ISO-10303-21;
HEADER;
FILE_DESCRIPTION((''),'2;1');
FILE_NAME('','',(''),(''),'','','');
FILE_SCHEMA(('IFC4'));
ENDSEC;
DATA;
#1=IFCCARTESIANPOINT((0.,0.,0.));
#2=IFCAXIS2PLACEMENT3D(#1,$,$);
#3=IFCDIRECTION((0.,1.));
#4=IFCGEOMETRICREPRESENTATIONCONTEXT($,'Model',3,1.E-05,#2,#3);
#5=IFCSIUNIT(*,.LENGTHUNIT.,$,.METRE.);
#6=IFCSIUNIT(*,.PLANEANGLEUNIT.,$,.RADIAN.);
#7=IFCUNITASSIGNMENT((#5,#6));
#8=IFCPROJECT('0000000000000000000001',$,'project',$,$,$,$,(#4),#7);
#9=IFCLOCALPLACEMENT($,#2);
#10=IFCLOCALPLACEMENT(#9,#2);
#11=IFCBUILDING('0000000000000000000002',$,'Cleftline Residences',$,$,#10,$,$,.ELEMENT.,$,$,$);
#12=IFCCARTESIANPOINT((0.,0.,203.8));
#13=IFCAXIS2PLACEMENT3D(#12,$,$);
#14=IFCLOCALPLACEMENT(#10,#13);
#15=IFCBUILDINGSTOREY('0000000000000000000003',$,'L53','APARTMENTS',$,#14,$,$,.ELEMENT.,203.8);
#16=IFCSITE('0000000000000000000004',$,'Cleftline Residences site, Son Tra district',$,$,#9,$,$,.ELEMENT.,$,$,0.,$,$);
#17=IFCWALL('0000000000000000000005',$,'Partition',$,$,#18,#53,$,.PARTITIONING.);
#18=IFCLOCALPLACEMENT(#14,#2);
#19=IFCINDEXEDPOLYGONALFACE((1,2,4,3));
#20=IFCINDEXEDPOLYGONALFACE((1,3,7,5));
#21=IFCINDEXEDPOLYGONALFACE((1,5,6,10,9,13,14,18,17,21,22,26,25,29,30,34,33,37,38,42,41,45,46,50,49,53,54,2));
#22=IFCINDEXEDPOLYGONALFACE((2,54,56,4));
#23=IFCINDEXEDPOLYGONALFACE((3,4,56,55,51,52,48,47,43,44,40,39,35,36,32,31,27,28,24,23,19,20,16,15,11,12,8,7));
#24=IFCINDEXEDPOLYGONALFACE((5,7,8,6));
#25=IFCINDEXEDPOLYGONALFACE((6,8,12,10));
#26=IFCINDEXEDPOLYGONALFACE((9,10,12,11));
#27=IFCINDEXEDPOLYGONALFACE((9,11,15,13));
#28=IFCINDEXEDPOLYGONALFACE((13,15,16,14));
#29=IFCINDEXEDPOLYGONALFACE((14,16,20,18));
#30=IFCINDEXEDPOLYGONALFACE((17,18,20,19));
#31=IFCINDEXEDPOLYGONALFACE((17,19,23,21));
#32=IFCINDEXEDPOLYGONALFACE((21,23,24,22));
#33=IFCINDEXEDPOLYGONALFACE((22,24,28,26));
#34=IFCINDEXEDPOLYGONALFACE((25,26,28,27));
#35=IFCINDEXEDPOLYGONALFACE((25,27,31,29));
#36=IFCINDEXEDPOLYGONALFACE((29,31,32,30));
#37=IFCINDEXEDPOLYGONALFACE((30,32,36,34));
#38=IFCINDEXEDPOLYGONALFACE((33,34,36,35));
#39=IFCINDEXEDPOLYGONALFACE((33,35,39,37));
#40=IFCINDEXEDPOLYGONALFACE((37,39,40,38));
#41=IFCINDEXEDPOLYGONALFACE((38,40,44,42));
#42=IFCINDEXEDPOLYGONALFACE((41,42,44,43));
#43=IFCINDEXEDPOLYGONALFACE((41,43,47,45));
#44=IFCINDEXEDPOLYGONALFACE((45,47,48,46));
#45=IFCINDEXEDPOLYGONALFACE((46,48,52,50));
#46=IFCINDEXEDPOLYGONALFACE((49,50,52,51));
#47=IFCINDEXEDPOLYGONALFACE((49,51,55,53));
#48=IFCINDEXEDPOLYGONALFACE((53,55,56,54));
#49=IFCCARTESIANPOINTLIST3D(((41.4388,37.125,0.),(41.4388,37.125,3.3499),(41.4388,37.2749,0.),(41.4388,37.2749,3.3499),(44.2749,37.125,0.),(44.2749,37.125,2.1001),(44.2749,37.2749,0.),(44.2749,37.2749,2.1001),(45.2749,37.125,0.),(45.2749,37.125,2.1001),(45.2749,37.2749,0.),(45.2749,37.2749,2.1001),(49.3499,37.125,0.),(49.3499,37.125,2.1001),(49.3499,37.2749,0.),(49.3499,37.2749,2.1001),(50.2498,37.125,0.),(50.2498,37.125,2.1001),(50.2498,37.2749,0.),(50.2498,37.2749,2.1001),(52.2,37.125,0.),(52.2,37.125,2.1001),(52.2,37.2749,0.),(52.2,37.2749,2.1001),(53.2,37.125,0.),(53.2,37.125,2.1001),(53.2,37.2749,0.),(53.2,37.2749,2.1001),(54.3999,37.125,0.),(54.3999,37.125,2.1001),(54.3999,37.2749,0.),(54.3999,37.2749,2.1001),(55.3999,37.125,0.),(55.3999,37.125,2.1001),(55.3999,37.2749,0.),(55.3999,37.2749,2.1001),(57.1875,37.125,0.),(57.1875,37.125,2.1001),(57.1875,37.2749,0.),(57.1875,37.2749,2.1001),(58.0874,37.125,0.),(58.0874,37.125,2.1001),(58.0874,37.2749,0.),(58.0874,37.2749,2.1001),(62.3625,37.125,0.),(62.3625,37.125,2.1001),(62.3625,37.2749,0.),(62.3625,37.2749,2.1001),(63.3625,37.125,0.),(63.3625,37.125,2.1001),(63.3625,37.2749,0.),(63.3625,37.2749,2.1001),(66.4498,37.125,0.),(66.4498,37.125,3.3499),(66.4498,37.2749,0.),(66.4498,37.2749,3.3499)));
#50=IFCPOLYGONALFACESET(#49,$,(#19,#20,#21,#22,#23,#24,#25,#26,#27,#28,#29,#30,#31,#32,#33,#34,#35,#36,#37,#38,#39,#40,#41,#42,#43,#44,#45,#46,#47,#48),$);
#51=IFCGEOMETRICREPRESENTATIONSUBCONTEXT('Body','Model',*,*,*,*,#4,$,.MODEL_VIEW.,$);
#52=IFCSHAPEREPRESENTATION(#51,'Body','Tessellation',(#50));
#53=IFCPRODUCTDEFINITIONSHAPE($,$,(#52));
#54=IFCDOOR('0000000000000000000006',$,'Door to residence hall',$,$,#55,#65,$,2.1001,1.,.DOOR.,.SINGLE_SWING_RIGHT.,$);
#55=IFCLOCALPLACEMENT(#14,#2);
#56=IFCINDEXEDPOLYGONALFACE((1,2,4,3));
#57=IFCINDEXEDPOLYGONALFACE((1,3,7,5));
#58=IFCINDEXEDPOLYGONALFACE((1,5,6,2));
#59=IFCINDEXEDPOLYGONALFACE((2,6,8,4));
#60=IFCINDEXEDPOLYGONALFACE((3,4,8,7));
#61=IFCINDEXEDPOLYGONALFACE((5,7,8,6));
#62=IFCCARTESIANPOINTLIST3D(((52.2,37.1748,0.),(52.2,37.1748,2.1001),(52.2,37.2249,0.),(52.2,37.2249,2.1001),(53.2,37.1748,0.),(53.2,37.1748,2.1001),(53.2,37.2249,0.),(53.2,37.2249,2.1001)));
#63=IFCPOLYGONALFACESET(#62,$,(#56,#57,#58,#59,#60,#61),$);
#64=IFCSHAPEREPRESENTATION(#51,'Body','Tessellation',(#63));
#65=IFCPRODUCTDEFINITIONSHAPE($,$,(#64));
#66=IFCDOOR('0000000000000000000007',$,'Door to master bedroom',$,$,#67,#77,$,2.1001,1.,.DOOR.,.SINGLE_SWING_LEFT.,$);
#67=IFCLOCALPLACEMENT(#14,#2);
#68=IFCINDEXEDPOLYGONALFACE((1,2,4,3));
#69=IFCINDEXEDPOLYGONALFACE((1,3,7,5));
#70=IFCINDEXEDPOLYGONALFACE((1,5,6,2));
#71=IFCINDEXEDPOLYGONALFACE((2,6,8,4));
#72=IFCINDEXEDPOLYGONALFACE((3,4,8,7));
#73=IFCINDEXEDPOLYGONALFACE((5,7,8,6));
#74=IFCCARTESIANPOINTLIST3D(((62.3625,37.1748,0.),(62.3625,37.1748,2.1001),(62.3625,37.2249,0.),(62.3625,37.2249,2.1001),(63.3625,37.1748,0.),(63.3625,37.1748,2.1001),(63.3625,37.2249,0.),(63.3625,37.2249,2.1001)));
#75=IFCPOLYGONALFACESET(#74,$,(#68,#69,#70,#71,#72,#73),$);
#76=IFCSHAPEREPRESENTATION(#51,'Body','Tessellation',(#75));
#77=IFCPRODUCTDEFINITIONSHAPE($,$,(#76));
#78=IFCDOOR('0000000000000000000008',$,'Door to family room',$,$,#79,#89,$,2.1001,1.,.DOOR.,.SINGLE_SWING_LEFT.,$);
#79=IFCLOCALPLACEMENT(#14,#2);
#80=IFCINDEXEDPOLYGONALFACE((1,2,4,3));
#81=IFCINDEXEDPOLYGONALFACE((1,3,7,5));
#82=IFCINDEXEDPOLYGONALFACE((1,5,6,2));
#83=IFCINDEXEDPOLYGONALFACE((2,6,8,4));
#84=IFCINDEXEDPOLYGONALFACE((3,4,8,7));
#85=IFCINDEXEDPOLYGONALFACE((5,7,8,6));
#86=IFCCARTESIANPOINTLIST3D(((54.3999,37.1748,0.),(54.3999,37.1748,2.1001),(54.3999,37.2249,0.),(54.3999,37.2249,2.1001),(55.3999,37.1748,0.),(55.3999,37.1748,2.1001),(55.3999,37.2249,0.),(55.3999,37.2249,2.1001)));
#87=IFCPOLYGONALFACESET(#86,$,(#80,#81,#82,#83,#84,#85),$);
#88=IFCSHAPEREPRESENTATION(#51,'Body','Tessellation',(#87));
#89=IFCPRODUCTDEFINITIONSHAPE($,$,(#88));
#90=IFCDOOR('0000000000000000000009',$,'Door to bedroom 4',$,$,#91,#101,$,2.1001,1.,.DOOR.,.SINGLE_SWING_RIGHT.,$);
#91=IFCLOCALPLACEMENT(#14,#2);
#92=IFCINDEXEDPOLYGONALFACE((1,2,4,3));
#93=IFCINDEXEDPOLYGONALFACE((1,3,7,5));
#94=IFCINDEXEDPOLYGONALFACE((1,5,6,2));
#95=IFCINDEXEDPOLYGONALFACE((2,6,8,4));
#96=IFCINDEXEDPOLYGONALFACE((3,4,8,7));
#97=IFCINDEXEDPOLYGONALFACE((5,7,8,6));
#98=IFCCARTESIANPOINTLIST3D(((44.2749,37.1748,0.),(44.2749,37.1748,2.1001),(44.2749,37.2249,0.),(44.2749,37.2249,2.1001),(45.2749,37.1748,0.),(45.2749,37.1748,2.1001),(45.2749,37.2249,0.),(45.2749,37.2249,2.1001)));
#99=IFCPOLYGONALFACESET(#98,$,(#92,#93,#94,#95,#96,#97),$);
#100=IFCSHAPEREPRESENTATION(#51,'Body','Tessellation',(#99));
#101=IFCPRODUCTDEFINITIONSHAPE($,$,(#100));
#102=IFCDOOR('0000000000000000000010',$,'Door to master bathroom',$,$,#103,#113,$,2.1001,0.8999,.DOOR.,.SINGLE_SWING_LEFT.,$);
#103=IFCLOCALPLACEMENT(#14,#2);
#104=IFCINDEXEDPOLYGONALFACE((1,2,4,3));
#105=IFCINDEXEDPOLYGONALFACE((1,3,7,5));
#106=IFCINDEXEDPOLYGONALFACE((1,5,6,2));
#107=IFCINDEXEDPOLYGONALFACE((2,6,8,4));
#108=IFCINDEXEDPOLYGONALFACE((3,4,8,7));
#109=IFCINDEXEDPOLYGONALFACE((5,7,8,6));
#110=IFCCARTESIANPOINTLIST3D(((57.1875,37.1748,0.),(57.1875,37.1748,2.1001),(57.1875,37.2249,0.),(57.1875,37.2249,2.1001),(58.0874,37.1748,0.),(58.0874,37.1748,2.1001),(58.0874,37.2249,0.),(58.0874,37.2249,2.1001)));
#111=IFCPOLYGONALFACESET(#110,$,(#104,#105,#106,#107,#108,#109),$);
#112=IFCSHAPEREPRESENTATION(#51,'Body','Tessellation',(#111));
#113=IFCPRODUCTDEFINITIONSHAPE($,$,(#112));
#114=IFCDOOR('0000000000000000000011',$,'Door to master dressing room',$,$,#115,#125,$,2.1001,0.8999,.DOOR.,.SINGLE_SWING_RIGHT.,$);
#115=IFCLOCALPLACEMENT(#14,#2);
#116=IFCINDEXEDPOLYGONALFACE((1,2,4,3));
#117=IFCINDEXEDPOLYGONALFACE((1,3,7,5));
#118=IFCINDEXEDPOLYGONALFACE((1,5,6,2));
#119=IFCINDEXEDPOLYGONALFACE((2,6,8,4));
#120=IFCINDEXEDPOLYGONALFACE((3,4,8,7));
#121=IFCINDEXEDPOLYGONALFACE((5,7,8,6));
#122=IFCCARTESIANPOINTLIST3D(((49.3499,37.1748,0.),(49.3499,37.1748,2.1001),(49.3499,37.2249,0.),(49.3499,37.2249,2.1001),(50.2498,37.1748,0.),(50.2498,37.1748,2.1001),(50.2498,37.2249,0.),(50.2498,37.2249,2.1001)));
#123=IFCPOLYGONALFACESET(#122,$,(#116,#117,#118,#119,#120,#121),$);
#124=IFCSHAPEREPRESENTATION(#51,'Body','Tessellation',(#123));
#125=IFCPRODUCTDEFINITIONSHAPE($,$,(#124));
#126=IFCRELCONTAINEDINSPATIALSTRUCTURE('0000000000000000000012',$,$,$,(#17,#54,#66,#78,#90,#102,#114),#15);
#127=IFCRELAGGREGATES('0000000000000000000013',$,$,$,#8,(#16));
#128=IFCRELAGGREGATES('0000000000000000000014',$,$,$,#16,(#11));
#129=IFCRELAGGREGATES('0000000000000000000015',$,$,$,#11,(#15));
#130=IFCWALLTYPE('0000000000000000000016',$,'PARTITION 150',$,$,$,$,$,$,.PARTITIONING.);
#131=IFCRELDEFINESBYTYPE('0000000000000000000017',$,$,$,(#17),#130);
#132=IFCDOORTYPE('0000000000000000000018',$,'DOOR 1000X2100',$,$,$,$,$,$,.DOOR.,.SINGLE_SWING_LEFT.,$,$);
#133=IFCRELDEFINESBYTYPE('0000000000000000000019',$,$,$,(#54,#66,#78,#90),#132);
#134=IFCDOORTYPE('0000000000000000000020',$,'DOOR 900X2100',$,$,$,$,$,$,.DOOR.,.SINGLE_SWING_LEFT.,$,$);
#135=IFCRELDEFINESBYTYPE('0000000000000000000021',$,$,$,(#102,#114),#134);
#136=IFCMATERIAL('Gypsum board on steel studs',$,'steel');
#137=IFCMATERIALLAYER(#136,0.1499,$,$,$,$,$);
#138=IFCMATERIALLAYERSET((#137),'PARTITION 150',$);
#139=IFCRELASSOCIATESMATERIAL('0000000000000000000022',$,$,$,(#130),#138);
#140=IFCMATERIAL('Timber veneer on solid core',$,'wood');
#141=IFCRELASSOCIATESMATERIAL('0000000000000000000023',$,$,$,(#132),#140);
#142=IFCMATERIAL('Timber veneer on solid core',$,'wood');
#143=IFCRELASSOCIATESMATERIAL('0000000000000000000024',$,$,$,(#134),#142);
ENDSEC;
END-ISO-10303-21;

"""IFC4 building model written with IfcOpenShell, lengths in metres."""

from ifc_helpers import new_model, si_unit, direction, frame, frame_2d, origin, place, context, subcontext, project, spatial, rectangle, extrude, material, layer, layer_set, type_object, element, fill, save


model = new_model("IFC4")

# Units and contexts
model_context = context("Model", 3, precision=1e-05, world=origin(), true_north=direction((0.0, 1.0)))
body_context = subcontext(model_context, "Body", "Model", "MODEL_VIEW")
ifc_project = project(units=[si_unit("LENGTHUNIT", "METRE"), si_unit("PLANEANGLEUNIT", "RADIAN")], contexts=[model_context])

# Site, building, storey
site_placement = place(None, origin())
site = spatial("IfcSite", under=ifc_project, at=site_placement, Name="Cleftline Residences site, Son Tra district", CompositionType="ELEMENT", RefElevation=0.0)
building_placement = place(site_placement, origin())
building = spatial("IfcBuilding", under=site, at=building_placement, Name="Cleftline Residences", CompositionType="ELEMENT")
storey_placement = place(building_placement, frame((0.0, 0.0, 203.8)))
storey = spatial("IfcBuildingStorey", under=building, at=storey_placement, Name="L53", Description="APARTMENTS", CompositionType="ELEMENT", Elevation=203.8)

# Shared definitions
ifc_material_1 = material(Name="Gypsum board on steel studs", Category="steel")
ifc_layer_1 = layer(ifc_material_1, 0.1499)
ifc_layer_set_1 = layer_set([ifc_layer_1], Name="PARTITION 150")
wall_type_1 = type_object("IfcWallType", Name="PARTITION 150", PredefinedType="PARTITIONING", material=ifc_layer_set_1)
ifc_material_2 = material(Name="Timber veneer on solid core", Category="wood")
door_type_1 = type_object("IfcDoorType", Name="DOOR 1000X2100", OperationType="SINGLE_SWING_LEFT", PredefinedType="DOOR", material=ifc_material_2)

# Wall, openings, doors
wall_1_placement = place(storey_placement, frame((41.439, 37.2, 0.0), z_axis=(0.0, 0.0, 1.0), x_axis=(1.0, 0.0, 0.0)))
wall_1 = element("IfcWall", 1, at=wall_1_placement, inside=storey, type_object=wall_type_1, Name="Partition", PredefinedType="PARTITIONING", context=body_context, shape_type="SweptSolid", body=[
    extrude(rectangle(XDim=25.011, YDim=0.1499, at=frame_2d((12.5054, 0.0))), origin(), (0.0, 0.0, 1.0), 3.3499),
])
opening_1_placement = place(wall_1_placement, frame((10.761, 0.0, 0.0)))
opening_1 = element("IfcOpeningElement", 2, at=opening_1_placement, cuts=wall_1, PredefinedType="OPENING", context=body_context, shape_type="SweptSolid", body=[
    extrude(rectangle(XDim=1.0, YDim=2.1001, at=frame_2d((0.5, 1.05))), frame((0.0, 0.085, 0.0), z_axis=(0.0, -1.0, 0.0), x_axis=(1.0, 0.0, 0.0)), (0.0, 0.0, 1.0), 0.1699),
])
opening_2_placement = place(wall_1_placement, frame((20.9236, 0.0, 0.0)))
opening_2 = element("IfcOpeningElement", 3, at=opening_2_placement, cuts=wall_1, PredefinedType="OPENING", context=body_context, shape_type="SweptSolid", body=[
    extrude(rectangle(XDim=1.0, YDim=2.1001, at=frame_2d((0.5, 1.05))), frame((0.0, 0.085, 0.0), z_axis=(0.0, -1.0, 0.0), x_axis=(1.0, 0.0, 0.0)), (0.0, 0.0, 1.0), 0.1699),
])
opening_3_placement = place(wall_1_placement, frame((15.7485, 0.0, 0.0)))
opening_3 = element("IfcOpeningElement", 4, at=opening_3_placement, cuts=wall_1, PredefinedType="OPENING", context=body_context, shape_type="SweptSolid", body=[
    extrude(rectangle(XDim=0.8999, YDim=2.1001, at=frame_2d((0.45, 1.05))), frame((0.0, 0.085, 0.0), z_axis=(0.0, -1.0, 0.0), x_axis=(1.0, 0.0, 0.0)), (0.0, 0.0, 1.0), 0.1699),
])
opening_4_placement = place(wall_1_placement, frame((12.9609, 0.0, 0.0)))
opening_4 = element("IfcOpeningElement", 5, at=opening_4_placement, cuts=wall_1, PredefinedType="OPENING", context=body_context, shape_type="SweptSolid", body=[
    extrude(rectangle(XDim=1.0, YDim=2.1001, at=frame_2d((0.5, 1.05))), frame((0.0, 0.085, 0.0), z_axis=(0.0, -1.0, 0.0), x_axis=(1.0, 0.0, 0.0)), (0.0, 0.0, 1.0), 0.1699),
])
opening_5_placement = place(wall_1_placement, frame((7.9109, 0.0, 0.0)))
opening_5 = element("IfcOpeningElement", 6, at=opening_5_placement, cuts=wall_1, PredefinedType="OPENING", context=body_context, shape_type="SweptSolid", body=[
    extrude(rectangle(XDim=0.8999, YDim=2.1001, at=frame_2d((0.45, 1.05))), frame((0.0, 0.085, 0.0), z_axis=(0.0, -1.0, 0.0), x_axis=(1.0, 0.0, 0.0)), (0.0, 0.0, 1.0), 0.1699),
])
opening_6_placement = place(wall_1_placement, frame((2.8359, 0.0, 0.0)))
opening_6 = element("IfcOpeningElement", 7, at=opening_6_placement, cuts=wall_1, PredefinedType="OPENING", context=body_context, shape_type="SweptSolid", body=[
    extrude(rectangle(XDim=1.0, YDim=2.1001, at=frame_2d((0.5, 1.05))), frame((0.0, 0.085, 0.0), z_axis=(0.0, -1.0, 0.0), x_axis=(1.0, 0.0, 0.0)), (0.0, 0.0, 1.0), 0.1699),
])
door_1_placement = place(opening_1_placement, origin())
door_1 = element("IfcDoor", 8, at=door_1_placement, inside=storey, type_object=door_type_1, Name="Door to residence hall", OperationType="SINGLE_SWING_RIGHT", OverallHeight=2.1001, OverallWidth=1.0, PredefinedType="DOOR", context=body_context, shape_type="SweptSolid", body=[
    extrude(rectangle(XDim=1.0, YDim=2.1001, at=frame_2d((0.5, 1.05))), frame((0.0, 0.0249, 0.0), z_axis=(0.0, -1.0, 0.0), x_axis=(1.0, 0.0, 0.0)), (0.0, 0.0, 1.0), 0.05),
])
fill(opening_1, door_1)
door_2_placement = place(opening_2_placement, origin())
door_2 = element("IfcDoor", 9, at=door_2_placement, inside=storey, type_object=door_type_1, Name="Door to master bedroom", OperationType="SINGLE_SWING_LEFT", OverallHeight=2.1001, OverallWidth=1.0, PredefinedType="DOOR", context=body_context, shape_type="SweptSolid", body=[
    extrude(rectangle(XDim=1.0, YDim=2.1001, at=frame_2d((0.5, 1.05))), frame((0.0, 0.0249, 0.0), z_axis=(0.0, -1.0, 0.0), x_axis=(1.0, 0.0, 0.0)), (0.0, 0.0, 1.0), 0.05),
])
fill(opening_2, door_2)
door_3_placement = place(opening_4_placement, origin())
door_3 = element("IfcDoor", 10, at=door_3_placement, inside=storey, type_object=door_type_1, Name="Door to family room", OperationType="SINGLE_SWING_LEFT", OverallHeight=2.1001, OverallWidth=1.0, PredefinedType="DOOR", context=body_context, shape_type="SweptSolid", body=[
    extrude(rectangle(XDim=1.0, YDim=2.1001, at=frame_2d((0.5, 1.05))), frame((0.0, 0.0249, 0.0), z_axis=(0.0, -1.0, 0.0), x_axis=(1.0, 0.0, 0.0)), (0.0, 0.0, 1.0), 0.05),
])
fill(opening_4, door_3)
door_4_placement = place(opening_6_placement, origin())
door_4 = element("IfcDoor", 11, at=door_4_placement, inside=storey, type_object=door_type_1, Name="Door to bedroom 4", OperationType="SINGLE_SWING_RIGHT", OverallHeight=2.1001, OverallWidth=1.0, PredefinedType="DOOR", context=body_context, shape_type="SweptSolid", body=[
    extrude(rectangle(XDim=1.0, YDim=2.1001, at=frame_2d((0.5, 1.05))), frame((0.0, 0.0249, 0.0), z_axis=(0.0, -1.0, 0.0), x_axis=(1.0, 0.0, 0.0)), (0.0, 0.0, 1.0), 0.05),
])
fill(opening_6, door_4)
ifc_material_3 = material(Name="Timber veneer on solid core", Category="wood")
door_type_2 = type_object("IfcDoorType", Name="DOOR 900X2100", OperationType="SINGLE_SWING_LEFT", PredefinedType="DOOR", material=ifc_material_3)
door_5_placement = place(opening_3_placement, origin())
door_5 = element("IfcDoor", 12, at=door_5_placement, inside=storey, type_object=door_type_2, Name="Door to master bathroom", OperationType="SINGLE_SWING_LEFT", OverallHeight=2.1001, OverallWidth=0.8999, PredefinedType="DOOR", context=body_context, shape_type="SweptSolid", body=[
    extrude(rectangle(XDim=0.8999, YDim=2.1001, at=frame_2d((0.45, 1.05))), frame((0.0, 0.0249, 0.0), z_axis=(0.0, -1.0, 0.0), x_axis=(1.0, 0.0, 0.0)), (0.0, 0.0, 1.0), 0.05),
])
fill(opening_3, door_5)
door_6_placement = place(opening_5_placement, origin())
door_6 = element("IfcDoor", 13, at=door_6_placement, inside=storey, type_object=door_type_2, Name="Door to master dressing room", OperationType="SINGLE_SWING_RIGHT", OverallHeight=2.1001, OverallWidth=0.8999, PredefinedType="DOOR", context=body_context, shape_type="SweptSolid", body=[
    extrude(rectangle(XDim=0.8999, YDim=2.1001, at=frame_2d((0.45, 1.05))), frame((0.0, 0.0249, 0.0), z_axis=(0.0, -1.0, 0.0), x_axis=(1.0, 0.0, 0.0)), (0.0, 0.0, 1.0), 0.05),
])
fill(opening_5, door_6)

save(model, "model.ifc")
